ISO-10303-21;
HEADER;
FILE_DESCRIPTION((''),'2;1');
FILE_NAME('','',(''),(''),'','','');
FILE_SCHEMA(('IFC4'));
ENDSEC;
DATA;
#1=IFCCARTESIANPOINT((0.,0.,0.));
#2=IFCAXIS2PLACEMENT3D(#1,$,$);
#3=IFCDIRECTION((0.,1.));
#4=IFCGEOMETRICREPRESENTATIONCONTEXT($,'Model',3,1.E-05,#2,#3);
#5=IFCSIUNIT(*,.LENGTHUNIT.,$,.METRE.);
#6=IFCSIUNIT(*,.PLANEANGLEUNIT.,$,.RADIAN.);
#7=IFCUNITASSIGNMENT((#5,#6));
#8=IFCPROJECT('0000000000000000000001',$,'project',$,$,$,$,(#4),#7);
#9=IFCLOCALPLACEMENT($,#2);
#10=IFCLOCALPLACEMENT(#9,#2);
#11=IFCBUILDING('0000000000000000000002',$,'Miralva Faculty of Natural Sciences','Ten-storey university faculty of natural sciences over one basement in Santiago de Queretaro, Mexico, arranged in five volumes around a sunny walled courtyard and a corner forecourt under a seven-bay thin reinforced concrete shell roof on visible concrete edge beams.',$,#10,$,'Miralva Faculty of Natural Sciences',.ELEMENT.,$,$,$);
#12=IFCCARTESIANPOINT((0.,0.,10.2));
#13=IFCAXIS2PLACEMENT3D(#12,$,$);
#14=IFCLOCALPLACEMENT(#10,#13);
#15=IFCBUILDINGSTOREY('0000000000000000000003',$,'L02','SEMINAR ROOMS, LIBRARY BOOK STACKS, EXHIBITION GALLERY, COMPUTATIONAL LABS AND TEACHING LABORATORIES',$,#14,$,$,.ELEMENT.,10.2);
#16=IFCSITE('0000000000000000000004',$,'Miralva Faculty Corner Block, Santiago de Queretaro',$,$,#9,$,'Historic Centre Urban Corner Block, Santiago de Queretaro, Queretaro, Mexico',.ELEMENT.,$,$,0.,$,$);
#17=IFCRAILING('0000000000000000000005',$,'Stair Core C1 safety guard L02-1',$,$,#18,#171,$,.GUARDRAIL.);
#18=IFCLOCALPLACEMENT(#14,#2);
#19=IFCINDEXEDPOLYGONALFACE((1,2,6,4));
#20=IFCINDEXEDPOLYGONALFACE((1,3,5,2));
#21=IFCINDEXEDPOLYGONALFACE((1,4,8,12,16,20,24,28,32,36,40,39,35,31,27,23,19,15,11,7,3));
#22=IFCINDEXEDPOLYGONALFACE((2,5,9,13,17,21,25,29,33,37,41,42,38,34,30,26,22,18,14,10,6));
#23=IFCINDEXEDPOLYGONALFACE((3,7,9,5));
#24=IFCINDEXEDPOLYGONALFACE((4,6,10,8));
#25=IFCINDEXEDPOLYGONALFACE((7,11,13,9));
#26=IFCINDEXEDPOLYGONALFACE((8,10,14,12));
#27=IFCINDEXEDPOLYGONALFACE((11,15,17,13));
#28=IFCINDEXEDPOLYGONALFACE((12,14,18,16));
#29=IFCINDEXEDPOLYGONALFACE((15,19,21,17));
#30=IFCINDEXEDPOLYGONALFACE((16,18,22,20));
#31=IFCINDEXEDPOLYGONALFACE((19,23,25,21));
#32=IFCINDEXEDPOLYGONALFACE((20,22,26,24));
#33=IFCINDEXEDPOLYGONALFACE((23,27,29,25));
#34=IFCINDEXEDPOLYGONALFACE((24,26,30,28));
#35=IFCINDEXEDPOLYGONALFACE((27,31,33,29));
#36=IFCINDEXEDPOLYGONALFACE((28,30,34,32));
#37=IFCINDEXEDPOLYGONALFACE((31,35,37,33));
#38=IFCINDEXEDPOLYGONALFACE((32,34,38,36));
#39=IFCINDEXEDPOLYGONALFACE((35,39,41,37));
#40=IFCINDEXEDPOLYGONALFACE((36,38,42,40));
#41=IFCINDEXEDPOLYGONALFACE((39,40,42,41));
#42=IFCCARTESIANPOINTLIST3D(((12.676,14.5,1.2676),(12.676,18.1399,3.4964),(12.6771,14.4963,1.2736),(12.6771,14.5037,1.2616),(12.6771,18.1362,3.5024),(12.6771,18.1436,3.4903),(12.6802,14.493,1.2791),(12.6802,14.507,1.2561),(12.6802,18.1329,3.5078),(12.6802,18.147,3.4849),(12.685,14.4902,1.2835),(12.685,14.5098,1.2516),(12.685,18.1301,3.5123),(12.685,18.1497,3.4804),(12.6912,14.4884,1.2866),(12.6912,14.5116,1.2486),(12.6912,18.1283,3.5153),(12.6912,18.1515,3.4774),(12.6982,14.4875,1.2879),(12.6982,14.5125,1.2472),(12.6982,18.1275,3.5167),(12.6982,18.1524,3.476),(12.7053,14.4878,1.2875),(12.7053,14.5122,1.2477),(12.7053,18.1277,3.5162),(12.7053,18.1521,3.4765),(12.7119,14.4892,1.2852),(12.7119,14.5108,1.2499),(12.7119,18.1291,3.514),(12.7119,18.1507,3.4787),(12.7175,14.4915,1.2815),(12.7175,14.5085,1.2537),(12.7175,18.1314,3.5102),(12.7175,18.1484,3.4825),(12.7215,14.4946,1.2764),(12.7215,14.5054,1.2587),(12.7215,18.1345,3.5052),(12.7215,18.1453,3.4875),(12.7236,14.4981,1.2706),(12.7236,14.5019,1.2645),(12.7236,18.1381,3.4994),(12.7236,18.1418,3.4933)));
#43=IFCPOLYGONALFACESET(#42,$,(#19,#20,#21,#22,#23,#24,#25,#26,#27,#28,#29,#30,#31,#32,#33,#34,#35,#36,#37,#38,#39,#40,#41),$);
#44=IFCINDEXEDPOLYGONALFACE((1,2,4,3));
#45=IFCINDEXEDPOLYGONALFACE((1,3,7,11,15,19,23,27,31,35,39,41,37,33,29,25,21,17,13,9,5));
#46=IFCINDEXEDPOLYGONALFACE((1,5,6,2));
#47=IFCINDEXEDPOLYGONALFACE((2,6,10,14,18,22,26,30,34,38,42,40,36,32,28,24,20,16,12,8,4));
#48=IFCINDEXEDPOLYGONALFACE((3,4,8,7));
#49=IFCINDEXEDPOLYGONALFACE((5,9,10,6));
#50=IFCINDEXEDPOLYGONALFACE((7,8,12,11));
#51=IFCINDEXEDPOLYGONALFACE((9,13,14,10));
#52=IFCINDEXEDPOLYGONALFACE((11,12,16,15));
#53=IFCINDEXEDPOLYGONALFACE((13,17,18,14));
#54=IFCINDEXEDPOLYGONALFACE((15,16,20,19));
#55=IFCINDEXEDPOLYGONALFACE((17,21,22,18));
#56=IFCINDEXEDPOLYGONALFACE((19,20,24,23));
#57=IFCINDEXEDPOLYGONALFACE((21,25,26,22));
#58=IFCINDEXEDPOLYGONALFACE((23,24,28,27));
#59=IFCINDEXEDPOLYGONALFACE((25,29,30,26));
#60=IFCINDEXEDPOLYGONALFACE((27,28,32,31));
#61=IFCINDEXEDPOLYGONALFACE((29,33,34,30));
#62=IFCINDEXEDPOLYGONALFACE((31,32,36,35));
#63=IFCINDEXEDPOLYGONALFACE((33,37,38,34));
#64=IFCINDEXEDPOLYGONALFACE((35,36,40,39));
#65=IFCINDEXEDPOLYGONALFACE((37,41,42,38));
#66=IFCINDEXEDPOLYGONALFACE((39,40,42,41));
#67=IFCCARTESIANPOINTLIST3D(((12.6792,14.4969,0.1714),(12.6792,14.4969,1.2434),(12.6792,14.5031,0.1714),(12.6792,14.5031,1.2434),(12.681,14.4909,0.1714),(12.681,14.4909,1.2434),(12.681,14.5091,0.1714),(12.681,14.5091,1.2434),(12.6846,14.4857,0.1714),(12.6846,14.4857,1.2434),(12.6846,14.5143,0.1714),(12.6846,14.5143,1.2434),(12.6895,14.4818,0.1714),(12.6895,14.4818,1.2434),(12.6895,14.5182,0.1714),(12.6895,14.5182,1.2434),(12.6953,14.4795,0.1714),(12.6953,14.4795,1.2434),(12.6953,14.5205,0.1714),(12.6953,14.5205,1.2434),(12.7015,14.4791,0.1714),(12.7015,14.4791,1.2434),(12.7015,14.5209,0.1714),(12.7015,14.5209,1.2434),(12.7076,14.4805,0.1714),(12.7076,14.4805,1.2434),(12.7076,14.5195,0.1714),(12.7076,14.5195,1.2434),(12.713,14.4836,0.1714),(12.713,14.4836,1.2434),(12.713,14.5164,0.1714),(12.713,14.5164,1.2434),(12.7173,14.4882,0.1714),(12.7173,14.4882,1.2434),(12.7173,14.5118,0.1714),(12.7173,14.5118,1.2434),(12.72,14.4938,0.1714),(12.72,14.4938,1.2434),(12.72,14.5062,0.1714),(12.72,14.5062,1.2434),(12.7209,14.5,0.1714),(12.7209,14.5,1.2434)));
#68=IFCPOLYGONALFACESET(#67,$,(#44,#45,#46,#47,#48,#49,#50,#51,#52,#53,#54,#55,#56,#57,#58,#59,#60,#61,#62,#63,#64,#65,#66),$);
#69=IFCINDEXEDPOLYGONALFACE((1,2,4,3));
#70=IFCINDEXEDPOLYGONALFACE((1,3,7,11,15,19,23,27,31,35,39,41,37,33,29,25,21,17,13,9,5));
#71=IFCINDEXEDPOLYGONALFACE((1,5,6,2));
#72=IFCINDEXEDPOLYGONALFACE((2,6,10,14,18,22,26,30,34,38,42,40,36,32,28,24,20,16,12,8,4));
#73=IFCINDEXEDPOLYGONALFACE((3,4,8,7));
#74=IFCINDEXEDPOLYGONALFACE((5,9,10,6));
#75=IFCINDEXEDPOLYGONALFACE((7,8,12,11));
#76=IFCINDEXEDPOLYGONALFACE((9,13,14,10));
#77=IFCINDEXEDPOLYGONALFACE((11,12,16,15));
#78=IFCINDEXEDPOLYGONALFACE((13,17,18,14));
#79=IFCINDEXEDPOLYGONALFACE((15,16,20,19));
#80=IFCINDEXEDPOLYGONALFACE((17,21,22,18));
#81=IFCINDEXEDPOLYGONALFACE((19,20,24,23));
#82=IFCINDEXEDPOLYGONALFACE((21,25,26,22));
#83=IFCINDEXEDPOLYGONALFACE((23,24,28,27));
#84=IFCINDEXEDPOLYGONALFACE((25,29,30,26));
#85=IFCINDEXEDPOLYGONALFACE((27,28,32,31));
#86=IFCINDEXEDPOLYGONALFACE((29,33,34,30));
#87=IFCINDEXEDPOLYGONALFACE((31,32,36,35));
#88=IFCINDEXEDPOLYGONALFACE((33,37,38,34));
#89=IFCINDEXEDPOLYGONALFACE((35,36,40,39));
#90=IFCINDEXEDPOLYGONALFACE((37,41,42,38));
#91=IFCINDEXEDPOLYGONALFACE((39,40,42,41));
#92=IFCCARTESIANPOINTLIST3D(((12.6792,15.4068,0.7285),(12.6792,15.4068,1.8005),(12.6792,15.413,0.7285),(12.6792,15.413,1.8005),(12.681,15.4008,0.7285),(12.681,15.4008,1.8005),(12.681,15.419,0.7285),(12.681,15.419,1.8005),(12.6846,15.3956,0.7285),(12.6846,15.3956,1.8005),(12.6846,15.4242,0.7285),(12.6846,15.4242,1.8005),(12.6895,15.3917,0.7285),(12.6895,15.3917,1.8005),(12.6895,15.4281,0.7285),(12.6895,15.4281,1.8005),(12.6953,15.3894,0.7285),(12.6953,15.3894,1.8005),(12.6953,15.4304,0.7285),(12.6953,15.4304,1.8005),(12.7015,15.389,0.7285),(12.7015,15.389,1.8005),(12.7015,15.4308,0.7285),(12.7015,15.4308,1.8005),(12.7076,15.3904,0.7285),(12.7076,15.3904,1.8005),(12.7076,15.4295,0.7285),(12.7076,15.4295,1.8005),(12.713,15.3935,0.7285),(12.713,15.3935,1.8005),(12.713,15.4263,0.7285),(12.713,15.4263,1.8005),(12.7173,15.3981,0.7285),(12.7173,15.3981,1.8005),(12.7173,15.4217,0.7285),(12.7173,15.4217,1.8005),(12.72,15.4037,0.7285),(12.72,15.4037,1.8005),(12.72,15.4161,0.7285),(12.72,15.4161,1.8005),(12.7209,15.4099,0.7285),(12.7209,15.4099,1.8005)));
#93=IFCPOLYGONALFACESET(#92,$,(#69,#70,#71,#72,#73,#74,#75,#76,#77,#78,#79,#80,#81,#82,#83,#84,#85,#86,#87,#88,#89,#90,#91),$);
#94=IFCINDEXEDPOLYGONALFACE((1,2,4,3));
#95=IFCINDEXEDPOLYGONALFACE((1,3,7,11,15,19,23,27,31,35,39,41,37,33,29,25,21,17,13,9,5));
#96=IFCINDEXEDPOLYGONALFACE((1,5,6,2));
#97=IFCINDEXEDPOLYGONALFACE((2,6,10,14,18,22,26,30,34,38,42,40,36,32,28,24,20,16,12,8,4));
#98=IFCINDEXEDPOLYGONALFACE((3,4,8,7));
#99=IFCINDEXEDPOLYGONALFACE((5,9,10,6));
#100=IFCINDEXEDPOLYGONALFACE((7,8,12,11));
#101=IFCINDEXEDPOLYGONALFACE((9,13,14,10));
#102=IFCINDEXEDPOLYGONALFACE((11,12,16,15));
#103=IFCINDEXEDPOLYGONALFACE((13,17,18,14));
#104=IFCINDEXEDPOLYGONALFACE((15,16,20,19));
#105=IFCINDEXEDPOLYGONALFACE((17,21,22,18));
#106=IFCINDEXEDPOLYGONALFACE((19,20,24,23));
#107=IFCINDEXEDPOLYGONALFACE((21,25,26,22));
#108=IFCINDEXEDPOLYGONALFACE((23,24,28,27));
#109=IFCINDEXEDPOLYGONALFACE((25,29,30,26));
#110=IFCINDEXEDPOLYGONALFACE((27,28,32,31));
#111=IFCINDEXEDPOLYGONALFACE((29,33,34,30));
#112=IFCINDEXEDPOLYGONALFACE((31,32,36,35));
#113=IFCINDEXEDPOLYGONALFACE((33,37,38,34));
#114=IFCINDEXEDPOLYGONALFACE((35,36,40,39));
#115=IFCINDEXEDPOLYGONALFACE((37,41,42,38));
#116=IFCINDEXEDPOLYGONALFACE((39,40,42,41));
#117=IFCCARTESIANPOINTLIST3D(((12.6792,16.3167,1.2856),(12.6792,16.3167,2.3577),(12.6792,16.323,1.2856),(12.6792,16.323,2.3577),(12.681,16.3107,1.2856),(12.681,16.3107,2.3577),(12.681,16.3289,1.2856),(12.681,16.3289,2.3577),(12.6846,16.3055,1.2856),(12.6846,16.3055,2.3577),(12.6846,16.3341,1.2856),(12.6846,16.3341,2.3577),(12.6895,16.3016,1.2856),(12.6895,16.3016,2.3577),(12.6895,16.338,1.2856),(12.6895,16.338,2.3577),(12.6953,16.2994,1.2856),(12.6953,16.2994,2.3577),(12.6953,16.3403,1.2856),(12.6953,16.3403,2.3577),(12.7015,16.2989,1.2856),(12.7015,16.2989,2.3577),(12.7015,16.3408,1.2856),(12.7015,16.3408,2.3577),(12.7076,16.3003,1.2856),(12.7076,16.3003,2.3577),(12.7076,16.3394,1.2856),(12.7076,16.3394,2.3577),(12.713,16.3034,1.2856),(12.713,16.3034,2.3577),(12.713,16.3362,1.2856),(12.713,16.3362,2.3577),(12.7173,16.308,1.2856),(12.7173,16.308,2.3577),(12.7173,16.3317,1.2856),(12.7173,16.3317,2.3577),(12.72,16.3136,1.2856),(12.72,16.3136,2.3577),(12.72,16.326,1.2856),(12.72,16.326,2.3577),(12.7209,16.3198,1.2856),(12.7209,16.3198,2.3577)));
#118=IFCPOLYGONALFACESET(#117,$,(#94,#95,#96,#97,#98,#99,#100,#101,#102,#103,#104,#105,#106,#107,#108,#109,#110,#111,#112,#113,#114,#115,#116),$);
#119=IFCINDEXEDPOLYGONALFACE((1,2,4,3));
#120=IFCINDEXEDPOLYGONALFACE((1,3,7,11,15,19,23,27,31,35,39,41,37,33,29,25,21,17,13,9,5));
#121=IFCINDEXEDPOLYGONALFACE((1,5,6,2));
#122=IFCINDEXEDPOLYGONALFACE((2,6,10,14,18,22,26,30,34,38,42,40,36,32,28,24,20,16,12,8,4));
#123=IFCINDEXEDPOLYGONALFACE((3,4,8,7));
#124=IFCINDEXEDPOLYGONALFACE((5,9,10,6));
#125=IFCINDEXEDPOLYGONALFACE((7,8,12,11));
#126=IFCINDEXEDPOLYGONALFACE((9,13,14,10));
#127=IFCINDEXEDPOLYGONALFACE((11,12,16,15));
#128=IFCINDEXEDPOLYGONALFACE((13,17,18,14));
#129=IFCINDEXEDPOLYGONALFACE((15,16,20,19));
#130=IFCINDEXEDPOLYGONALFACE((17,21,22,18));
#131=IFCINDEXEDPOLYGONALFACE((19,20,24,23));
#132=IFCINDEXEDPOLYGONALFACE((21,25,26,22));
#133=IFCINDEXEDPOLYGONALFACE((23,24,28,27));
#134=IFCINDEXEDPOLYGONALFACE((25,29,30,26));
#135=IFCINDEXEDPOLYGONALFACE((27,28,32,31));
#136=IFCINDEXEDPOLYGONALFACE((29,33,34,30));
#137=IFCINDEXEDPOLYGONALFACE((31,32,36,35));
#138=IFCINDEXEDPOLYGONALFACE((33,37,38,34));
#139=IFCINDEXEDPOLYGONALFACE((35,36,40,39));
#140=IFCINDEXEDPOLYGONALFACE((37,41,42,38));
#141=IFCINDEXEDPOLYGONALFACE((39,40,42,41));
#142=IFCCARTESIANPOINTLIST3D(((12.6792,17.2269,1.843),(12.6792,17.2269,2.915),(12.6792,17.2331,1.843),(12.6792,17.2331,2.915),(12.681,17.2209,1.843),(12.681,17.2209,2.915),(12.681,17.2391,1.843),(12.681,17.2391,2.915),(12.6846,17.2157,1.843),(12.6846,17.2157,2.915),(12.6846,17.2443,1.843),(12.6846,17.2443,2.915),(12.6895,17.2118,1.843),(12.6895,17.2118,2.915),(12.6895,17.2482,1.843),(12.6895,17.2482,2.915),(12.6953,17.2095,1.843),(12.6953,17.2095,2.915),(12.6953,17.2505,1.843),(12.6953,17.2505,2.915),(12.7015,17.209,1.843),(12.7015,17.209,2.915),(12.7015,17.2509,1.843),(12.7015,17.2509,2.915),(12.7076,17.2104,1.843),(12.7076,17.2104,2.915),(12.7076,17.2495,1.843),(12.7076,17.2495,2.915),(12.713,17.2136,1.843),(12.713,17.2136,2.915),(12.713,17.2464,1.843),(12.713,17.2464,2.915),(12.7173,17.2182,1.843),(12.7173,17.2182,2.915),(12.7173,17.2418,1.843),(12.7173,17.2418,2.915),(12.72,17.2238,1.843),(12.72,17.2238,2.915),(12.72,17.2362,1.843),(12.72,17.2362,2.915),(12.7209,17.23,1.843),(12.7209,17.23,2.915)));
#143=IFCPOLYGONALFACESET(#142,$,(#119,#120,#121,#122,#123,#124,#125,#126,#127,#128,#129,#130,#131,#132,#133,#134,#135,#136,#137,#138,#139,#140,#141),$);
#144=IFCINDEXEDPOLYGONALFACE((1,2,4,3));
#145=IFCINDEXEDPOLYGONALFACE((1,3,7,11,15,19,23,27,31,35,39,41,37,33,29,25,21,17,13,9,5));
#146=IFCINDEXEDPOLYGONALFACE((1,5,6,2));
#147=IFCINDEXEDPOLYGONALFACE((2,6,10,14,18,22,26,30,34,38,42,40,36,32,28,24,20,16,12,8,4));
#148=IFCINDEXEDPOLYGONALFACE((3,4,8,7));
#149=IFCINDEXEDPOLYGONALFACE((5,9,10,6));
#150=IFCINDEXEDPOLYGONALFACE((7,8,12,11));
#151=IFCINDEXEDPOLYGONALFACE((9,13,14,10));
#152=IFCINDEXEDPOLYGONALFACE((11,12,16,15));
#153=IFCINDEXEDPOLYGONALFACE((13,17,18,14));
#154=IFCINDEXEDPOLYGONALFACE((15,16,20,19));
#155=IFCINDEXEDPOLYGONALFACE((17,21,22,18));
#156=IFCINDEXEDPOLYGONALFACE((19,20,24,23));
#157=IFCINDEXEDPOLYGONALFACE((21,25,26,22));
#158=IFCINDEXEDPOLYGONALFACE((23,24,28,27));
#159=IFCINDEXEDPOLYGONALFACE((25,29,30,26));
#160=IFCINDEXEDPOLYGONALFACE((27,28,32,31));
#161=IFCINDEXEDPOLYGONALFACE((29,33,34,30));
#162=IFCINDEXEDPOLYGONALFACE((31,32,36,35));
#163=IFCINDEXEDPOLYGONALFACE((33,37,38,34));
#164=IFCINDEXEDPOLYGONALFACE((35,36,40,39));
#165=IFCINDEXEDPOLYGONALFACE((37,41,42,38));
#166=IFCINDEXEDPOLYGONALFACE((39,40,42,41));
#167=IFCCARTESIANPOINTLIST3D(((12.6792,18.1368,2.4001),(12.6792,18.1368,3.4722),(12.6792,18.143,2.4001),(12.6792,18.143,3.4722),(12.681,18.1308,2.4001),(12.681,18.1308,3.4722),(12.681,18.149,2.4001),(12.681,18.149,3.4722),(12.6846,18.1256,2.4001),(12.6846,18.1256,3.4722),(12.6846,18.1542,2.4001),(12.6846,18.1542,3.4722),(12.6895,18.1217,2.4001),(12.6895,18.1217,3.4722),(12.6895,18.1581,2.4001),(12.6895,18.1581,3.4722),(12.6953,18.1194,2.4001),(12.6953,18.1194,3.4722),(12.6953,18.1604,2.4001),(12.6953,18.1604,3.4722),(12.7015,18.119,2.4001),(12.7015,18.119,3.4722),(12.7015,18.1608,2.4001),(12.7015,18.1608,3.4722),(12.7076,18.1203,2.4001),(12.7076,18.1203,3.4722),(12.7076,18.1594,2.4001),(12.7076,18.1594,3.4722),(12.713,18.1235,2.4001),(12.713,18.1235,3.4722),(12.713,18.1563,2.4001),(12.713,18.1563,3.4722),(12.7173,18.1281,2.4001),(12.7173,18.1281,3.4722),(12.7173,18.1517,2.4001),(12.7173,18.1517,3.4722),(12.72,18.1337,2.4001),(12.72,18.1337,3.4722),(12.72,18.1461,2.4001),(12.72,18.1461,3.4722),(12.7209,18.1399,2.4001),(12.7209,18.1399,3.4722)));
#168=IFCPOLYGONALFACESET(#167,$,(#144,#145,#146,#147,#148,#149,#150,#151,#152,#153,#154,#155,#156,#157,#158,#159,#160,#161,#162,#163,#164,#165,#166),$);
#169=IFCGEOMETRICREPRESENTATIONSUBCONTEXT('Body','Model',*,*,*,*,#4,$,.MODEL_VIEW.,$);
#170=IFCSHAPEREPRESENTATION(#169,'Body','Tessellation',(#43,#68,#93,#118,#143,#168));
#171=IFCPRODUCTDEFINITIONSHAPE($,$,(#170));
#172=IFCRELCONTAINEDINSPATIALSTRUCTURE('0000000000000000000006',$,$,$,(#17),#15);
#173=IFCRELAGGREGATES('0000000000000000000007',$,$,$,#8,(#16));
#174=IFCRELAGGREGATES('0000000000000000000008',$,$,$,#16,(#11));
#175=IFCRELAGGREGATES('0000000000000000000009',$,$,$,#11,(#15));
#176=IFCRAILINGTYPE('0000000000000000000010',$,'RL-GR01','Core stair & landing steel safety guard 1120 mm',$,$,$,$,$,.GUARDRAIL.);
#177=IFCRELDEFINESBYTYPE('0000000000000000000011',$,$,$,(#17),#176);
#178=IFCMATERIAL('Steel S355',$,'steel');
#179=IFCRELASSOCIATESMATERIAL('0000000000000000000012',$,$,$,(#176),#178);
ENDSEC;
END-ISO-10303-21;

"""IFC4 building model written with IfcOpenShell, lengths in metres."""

from ifc_helpers import new_model, si_unit, direction, frame, origin, origin_2d, place, context, subcontext, project, spatial, circle, extrude, material, type_object, element, save


model = new_model("IFC4")

# Units and contexts
model_context = context("Model", 3, precision=1e-05, world=origin(), true_north=direction((0.0, 1.0)))
body_context = subcontext(model_context, "Body", "Model", "MODEL_VIEW")
ifc_project = project(units=[si_unit("LENGTHUNIT", "METRE"), si_unit("PLANEANGLEUNIT", "RADIAN")], contexts=[model_context])

# Site, building, storey
site_placement = place(None, origin())
site = spatial("IfcSite", under=ifc_project, at=site_placement, Name="Miralva Faculty Corner Block, Santiago de Queretaro", LongName="Historic Centre Urban Corner Block, Santiago de Queretaro, Queretaro, Mexico", CompositionType="ELEMENT", RefElevation=0.0)
building_placement = place(site_placement, origin())
building = spatial("IfcBuilding", under=site, at=building_placement, Name="Miralva Faculty of Natural Sciences", Description="Ten-storey university faculty of natural sciences over one basement in Santiago de Queretaro, Mexico, arranged in five volumes around a sunny walled courtyard and a corner forecourt under a seven-bay thin reinforced concrete shell roof on visible concrete edge beams.", LongName="Miralva Faculty of Natural Sciences", CompositionType="ELEMENT")
storey_placement = place(building_placement, frame((0.0, 0.0, 10.2)))
storey = spatial("IfcBuildingStorey", under=building, at=storey_placement, Name="L02", Description="SEMINAR ROOMS, LIBRARY BOOK STACKS, EXHIBITION GALLERY, COMPUTATIONAL LABS AND TEACHING LABORATORIES", CompositionType="ELEMENT", Elevation=10.2)

# Railing
ifc_material_1 = material(Name="Steel S355", Category="steel")
railing_type_1 = type_object("IfcRailingType", Name="RL-GR01", Description="Core stair & landing steel safety guard 1120 mm", PredefinedType="GUARDRAIL", material=ifc_material_1)
railing_1_placement = place(storey_placement, frame((12.7, 14.5, 0.1714)))
element("IfcRailing", 1, at=railing_1_placement, inside=storey, type_object=railing_type_1, Name="Stair Core C1 safety guard L02-1", PredefinedType="GUARDRAIL", context=body_context, shape_type="SweptSolid", body=[
    extrude(circle(Radius=0.0239, at=origin_2d()), frame((0.0, 0.0, 1.0962), z_axis=(0.0, 0.852825, 0.522197), x_axis=(-1.0, 0.0, 0.0)), (0.0, 0.0, 1.0), 4.2681),
    extrude(circle(Radius=0.021, at=origin_2d()), origin(), (0.0, 0.0, 1.0), 1.072),
    extrude(circle(Radius=0.021, at=origin_2d()), frame((0.0, 0.9099, 0.5571)), (0.0, 0.0, 1.0), 1.072),
    extrude(circle(Radius=0.021, at=origin_2d()), frame((0.0, 1.8198, 1.1143)), (0.0, 0.0, 1.0), 1.072),
    extrude(circle(Radius=0.021, at=origin_2d()), frame((0.0, 2.73, 1.6716)), (0.0, 0.0, 1.0), 1.072),
    extrude(circle(Radius=0.021, at=origin_2d()), frame((0.0, 3.6399, 2.2288)), (0.0, 0.0, 1.0), 1.072),
])

save(model, "model.ifc")
